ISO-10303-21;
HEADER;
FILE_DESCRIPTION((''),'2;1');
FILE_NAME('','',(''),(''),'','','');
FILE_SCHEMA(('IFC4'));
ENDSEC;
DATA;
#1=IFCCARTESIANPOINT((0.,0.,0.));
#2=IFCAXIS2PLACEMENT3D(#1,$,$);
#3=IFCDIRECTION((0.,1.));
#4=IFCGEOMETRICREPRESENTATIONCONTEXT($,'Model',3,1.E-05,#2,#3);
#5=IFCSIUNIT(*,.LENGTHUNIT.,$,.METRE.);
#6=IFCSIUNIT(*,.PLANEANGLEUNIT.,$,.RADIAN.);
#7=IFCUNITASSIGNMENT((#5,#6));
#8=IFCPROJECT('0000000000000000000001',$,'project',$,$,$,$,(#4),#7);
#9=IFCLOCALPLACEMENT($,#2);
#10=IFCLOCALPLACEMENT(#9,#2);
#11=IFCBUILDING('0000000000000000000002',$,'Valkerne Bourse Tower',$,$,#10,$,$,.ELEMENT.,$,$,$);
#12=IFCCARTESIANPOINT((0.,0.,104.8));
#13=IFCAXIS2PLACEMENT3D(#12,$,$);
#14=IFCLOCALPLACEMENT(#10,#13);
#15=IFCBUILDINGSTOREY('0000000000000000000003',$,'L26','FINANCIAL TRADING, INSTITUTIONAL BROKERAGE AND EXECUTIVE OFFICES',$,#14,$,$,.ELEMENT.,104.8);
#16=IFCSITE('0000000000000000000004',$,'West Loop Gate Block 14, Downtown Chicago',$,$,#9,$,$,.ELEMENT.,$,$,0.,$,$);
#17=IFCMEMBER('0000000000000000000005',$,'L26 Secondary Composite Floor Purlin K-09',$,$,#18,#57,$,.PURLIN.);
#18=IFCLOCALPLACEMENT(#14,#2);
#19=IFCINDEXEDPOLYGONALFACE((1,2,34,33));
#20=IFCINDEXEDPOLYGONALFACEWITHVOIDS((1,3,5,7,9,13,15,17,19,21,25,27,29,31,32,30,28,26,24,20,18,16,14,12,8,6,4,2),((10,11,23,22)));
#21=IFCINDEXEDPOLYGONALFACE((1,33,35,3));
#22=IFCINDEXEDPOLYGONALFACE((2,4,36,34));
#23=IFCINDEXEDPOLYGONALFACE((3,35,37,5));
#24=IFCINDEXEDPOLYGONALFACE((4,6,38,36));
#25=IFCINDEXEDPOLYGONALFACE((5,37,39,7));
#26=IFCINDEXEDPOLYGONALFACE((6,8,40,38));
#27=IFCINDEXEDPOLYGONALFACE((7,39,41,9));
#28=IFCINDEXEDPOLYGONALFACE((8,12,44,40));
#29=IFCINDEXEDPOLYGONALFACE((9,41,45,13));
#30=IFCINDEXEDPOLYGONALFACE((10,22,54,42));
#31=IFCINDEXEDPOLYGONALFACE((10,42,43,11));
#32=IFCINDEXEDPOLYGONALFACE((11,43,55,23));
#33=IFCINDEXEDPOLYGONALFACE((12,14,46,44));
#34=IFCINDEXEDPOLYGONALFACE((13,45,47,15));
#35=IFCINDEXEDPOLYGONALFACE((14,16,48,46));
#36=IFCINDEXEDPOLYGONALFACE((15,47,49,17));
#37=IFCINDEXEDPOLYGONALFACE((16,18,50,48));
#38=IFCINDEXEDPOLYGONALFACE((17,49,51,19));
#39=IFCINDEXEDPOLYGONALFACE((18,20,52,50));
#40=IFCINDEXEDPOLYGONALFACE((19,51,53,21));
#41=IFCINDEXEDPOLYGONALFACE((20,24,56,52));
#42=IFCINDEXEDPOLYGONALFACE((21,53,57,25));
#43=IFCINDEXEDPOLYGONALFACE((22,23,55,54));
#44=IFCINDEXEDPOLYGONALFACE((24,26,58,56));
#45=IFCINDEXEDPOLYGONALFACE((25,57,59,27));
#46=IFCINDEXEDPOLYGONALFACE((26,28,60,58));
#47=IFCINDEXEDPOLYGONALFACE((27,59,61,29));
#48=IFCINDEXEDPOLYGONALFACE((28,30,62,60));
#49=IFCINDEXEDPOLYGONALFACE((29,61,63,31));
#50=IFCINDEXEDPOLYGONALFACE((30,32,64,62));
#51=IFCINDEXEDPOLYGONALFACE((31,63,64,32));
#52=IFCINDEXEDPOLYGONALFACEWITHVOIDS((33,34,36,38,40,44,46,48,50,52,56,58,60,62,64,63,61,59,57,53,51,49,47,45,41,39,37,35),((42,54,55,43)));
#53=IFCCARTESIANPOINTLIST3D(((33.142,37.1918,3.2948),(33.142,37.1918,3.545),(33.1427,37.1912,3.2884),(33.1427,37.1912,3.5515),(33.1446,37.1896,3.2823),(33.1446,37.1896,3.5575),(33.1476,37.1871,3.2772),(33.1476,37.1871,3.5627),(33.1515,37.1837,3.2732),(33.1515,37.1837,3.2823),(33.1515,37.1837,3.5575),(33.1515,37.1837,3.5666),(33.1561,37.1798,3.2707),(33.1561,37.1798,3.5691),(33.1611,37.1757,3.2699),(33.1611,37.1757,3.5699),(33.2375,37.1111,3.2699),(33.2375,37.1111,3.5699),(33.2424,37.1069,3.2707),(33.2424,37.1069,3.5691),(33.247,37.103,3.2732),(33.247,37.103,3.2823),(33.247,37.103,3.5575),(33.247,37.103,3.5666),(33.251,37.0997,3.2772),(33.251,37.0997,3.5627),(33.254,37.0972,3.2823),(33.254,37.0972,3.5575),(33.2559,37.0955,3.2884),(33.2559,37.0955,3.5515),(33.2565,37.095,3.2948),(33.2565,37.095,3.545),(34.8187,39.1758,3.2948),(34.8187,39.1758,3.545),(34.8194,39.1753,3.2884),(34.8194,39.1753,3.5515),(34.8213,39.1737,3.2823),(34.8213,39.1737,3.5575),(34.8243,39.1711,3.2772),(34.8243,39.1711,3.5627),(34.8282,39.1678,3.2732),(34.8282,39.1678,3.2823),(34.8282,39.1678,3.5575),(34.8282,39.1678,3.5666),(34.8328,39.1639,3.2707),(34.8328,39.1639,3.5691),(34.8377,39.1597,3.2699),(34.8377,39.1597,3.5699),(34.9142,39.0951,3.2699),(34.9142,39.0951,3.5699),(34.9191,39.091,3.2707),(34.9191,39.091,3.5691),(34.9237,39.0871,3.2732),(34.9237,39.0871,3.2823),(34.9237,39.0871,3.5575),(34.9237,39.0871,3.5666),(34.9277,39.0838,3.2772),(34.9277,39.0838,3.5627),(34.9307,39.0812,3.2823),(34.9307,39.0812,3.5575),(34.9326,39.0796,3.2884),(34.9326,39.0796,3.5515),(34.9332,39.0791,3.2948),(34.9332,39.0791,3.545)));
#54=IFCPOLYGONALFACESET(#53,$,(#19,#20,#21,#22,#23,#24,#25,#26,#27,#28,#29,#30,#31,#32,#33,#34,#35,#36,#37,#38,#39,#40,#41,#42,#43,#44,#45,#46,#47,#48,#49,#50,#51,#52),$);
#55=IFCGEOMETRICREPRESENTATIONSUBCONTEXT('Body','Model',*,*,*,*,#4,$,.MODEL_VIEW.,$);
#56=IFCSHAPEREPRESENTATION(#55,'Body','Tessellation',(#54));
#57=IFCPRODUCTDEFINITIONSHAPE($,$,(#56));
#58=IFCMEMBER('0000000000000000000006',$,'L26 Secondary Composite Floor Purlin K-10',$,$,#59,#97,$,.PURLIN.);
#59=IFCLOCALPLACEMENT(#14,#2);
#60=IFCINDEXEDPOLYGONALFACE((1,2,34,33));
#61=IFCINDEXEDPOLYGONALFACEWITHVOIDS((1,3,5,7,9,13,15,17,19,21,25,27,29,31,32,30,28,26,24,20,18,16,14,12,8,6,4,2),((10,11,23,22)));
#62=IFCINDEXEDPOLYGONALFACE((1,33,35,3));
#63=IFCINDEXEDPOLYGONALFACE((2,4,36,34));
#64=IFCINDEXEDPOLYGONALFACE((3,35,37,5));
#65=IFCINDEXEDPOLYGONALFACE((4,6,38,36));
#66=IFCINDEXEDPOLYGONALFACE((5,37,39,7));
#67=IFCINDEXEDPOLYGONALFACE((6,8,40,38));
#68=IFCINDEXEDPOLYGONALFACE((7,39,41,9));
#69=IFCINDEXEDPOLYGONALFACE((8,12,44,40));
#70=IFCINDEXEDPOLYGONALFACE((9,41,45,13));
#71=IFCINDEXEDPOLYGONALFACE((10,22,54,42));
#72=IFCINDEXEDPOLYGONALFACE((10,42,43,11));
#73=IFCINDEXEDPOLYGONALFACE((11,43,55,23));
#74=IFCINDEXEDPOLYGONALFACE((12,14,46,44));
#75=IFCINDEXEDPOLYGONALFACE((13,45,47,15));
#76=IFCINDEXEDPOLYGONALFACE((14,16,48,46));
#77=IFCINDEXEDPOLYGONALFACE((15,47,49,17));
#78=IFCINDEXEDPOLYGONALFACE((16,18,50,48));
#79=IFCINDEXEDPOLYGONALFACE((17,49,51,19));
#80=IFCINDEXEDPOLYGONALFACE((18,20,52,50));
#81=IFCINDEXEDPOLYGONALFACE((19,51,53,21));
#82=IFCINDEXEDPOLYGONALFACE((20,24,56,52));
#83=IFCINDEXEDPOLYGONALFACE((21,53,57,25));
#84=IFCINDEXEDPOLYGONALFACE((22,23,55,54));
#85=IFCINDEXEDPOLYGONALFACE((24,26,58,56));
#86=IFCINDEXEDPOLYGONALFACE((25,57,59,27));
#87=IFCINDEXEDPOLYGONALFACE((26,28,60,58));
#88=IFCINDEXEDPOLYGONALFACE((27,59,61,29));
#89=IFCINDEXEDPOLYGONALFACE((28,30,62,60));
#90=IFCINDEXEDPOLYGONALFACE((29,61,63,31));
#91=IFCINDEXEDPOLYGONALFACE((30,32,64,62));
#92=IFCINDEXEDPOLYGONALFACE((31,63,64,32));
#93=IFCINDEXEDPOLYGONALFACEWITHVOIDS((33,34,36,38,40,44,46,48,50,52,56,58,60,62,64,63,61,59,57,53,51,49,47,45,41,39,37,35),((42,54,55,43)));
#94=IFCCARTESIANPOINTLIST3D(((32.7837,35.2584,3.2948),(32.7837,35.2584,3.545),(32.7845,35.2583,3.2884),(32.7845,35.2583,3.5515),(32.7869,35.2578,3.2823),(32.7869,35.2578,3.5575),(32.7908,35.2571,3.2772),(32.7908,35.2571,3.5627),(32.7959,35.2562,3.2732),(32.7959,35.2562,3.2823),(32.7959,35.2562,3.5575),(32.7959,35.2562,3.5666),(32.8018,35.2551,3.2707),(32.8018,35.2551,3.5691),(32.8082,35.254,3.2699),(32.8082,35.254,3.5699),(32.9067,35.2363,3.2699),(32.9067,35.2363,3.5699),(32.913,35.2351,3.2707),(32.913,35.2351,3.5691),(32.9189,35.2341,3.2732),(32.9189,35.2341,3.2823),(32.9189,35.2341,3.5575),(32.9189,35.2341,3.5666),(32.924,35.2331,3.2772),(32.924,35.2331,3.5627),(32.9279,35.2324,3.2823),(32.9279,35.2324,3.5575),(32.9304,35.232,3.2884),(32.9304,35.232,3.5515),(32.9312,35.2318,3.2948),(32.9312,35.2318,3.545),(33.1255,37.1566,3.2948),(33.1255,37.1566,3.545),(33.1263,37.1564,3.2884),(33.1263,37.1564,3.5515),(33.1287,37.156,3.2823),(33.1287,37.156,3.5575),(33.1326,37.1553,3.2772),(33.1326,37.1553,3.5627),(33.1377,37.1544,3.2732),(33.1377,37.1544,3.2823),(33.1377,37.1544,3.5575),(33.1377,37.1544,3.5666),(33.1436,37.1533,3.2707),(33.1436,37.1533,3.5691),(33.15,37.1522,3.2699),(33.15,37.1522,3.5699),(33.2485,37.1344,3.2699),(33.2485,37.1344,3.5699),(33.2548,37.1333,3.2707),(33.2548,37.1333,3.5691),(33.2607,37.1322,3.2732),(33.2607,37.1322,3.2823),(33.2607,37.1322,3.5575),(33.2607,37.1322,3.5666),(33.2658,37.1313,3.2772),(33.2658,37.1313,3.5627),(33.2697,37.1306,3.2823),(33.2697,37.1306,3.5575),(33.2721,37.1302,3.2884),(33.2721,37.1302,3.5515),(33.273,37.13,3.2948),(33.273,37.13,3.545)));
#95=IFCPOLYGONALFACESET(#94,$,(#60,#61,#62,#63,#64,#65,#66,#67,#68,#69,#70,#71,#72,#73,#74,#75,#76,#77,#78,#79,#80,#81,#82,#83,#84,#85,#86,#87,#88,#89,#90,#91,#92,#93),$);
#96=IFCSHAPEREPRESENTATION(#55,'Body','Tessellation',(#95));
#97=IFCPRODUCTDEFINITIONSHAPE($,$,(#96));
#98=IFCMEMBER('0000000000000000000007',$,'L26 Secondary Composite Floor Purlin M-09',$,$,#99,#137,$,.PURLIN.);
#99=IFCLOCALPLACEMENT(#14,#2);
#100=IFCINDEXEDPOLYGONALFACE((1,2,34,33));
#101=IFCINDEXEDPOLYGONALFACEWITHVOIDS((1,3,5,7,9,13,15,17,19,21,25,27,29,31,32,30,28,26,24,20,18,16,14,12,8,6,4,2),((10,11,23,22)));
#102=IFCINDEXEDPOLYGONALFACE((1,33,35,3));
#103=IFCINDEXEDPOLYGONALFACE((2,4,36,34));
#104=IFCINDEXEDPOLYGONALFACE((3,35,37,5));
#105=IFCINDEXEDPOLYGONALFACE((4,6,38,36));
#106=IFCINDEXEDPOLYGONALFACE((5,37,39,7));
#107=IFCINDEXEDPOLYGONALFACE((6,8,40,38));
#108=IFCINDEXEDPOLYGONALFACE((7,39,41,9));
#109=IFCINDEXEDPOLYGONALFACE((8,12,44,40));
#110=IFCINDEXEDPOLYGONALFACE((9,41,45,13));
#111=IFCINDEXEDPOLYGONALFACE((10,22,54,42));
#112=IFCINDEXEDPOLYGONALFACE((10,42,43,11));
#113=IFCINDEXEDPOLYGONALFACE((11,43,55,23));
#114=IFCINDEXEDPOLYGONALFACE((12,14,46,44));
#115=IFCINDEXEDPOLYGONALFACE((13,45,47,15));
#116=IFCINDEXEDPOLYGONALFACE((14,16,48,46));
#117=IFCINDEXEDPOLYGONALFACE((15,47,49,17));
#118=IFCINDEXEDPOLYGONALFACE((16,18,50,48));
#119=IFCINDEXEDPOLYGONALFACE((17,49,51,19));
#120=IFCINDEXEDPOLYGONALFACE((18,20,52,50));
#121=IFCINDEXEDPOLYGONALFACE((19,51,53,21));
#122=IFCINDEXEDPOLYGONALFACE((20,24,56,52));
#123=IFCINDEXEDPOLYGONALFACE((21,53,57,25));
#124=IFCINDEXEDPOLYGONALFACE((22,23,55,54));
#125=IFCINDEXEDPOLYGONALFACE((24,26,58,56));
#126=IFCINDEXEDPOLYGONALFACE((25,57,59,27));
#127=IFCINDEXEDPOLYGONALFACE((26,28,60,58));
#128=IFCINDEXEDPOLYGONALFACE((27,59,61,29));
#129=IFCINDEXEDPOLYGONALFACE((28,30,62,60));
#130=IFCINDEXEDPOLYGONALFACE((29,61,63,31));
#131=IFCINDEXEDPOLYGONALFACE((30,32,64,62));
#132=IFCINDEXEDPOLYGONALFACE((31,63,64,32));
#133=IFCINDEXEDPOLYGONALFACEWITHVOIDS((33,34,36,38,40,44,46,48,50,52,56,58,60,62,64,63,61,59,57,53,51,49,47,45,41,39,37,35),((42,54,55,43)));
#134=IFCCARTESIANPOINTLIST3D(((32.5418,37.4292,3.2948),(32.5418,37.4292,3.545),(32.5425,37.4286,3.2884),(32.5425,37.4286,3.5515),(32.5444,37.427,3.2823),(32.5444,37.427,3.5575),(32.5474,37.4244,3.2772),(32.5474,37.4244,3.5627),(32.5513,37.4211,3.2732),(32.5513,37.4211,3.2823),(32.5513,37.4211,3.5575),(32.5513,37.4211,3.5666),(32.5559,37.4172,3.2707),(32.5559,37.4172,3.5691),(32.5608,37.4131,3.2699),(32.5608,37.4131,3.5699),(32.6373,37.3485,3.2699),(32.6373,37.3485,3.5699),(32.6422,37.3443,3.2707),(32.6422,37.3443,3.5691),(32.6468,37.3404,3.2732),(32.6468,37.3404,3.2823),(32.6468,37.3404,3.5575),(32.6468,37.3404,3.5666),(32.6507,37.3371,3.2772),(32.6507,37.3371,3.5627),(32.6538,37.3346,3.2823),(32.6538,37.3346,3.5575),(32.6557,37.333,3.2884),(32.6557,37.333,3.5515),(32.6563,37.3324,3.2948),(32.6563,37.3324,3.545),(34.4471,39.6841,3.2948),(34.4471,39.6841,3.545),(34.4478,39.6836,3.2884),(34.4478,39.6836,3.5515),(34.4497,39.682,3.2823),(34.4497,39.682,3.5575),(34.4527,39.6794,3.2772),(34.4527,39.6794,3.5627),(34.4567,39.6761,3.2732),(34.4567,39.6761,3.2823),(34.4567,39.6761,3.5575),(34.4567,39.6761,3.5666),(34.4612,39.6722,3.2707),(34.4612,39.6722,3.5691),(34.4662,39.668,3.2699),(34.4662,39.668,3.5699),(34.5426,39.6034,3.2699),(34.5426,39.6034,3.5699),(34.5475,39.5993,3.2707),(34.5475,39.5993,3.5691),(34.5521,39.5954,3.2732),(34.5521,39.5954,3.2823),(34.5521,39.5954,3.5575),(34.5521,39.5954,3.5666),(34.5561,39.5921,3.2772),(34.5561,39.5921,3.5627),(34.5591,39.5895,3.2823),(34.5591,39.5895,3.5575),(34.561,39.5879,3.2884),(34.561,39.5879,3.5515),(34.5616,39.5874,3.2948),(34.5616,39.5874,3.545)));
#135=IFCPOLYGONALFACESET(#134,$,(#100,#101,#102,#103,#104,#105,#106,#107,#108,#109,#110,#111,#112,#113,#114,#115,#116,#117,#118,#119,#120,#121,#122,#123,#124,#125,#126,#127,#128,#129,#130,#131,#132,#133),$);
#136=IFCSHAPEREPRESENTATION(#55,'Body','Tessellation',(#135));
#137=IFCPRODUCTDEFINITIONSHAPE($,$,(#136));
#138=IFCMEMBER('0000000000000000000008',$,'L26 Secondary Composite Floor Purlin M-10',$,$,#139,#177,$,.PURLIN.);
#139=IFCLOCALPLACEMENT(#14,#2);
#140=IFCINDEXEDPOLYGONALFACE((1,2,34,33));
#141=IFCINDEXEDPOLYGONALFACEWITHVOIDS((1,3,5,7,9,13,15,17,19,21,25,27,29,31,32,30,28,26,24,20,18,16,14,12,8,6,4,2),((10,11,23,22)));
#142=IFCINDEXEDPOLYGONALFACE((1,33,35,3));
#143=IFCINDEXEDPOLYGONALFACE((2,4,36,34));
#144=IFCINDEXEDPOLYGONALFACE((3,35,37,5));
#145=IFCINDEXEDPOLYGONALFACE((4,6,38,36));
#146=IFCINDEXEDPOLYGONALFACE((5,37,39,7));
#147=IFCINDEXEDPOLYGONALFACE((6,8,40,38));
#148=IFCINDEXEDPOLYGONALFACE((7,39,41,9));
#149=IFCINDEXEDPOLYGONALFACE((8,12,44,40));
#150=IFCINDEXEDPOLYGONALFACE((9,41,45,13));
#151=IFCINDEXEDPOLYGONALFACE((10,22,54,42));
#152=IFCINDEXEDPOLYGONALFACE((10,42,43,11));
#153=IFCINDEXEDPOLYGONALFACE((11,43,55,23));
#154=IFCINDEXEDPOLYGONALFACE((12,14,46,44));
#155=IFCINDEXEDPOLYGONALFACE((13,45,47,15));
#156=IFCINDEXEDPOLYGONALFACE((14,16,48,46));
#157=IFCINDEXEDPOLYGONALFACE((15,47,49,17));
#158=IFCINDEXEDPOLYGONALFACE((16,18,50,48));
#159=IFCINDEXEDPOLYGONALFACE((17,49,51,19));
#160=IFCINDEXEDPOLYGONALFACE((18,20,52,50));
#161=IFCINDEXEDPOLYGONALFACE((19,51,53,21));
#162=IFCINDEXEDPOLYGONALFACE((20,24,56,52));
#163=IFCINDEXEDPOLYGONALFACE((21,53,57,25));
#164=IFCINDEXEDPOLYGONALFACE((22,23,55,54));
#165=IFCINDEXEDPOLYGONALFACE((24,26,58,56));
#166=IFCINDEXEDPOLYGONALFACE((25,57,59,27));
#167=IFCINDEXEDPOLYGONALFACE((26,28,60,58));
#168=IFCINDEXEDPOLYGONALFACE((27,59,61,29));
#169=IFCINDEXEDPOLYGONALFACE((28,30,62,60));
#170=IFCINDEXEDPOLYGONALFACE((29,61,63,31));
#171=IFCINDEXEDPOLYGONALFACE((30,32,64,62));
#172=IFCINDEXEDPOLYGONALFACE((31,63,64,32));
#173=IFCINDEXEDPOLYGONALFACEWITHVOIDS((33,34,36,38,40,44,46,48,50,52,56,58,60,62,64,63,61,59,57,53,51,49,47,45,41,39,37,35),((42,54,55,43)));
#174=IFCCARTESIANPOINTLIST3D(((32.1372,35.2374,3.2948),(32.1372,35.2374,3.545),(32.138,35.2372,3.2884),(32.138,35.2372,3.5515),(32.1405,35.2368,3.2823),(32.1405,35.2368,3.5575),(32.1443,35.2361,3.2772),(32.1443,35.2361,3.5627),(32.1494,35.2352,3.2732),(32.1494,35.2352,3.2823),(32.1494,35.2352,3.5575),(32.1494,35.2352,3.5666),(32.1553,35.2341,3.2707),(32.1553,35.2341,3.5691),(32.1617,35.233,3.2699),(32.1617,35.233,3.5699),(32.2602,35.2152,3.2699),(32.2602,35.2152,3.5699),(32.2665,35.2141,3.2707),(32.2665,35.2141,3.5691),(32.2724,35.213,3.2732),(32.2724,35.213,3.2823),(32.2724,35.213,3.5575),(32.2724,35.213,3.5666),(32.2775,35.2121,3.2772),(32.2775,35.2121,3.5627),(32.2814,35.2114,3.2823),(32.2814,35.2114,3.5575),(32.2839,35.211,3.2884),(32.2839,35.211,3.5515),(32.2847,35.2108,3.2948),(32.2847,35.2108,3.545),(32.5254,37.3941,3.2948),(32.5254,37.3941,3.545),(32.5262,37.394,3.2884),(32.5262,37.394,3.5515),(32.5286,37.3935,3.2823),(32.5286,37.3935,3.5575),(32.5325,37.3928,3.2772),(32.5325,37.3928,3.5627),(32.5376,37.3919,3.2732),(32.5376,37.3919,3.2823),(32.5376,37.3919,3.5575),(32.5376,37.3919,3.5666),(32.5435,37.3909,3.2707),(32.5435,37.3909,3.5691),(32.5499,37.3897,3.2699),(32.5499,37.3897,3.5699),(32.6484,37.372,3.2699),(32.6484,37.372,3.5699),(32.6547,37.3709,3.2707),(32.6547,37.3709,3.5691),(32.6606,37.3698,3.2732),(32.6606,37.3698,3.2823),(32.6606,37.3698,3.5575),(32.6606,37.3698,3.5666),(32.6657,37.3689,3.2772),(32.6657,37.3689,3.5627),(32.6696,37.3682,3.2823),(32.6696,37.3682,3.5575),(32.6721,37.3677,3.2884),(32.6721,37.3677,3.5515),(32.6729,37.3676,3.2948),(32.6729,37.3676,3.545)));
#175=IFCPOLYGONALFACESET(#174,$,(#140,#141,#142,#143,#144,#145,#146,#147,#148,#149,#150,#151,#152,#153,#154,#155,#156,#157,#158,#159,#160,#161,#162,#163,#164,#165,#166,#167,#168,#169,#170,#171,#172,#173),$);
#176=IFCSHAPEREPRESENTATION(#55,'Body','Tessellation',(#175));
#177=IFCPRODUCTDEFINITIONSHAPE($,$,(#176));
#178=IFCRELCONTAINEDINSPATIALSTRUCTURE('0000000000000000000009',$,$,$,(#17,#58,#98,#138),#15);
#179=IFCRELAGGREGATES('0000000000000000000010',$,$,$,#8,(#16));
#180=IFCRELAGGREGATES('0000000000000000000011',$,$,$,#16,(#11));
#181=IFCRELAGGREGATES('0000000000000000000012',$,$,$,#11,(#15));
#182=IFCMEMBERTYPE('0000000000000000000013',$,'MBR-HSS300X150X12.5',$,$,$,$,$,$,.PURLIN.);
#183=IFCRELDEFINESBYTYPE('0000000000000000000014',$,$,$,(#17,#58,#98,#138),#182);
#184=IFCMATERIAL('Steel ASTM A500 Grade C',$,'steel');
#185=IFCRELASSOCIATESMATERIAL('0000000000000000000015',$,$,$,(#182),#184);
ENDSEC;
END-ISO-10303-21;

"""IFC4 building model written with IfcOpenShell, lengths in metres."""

from ifc_helpers import new_model, si_unit, direction, frame, origin, origin_2d, place, context, subcontext, project, spatial, hollow_rectangle, extrude, material, material_profile, profile_set, type_object, element, save


model = new_model("IFC4")

# Units and contexts
model_context = context("Model", 3, precision=1e-05, world=origin(), true_north=direction((0.0, 1.0)))
body_context = subcontext(model_context, "Body", "Model", "MODEL_VIEW")
ifc_project = project(units=[si_unit("LENGTHUNIT", "METRE"), si_unit("PLANEANGLEUNIT", "RADIAN")], contexts=[model_context])

# Site, building, storey
site_placement = place(None, origin())
site = spatial("IfcSite", under=ifc_project, at=site_placement, Name="West Loop Gate Block 14, Downtown Chicago", CompositionType="ELEMENT", RefElevation=0.0)
building_placement = place(site_placement, origin())
building = spatial("IfcBuilding", under=site, at=building_placement, Name="Valkerne Bourse Tower", CompositionType="ELEMENT")
storey_placement = place(building_placement, frame((0.0, 0.0, 104.8)))
storey = spatial("IfcBuildingStorey", under=building, at=storey_placement, Name="L26", Description="FINANCIAL TRADING, INSTITUTIONAL BROKERAGE AND EXECUTIVE OFFICES", CompositionType="ELEMENT", Elevation=104.8)

# Members
ifc_material_1 = material(Name="Steel ASTM A500 Grade C", Category="steel")
ifc_material_profile_1 = material_profile(ifc_material_1, hollow_rectangle(XDim=0.1499, YDim=0.3, WallThickness=0.0125, OuterFilletRadius=0.0249, at=origin_2d()), Name="HSS300X150X12.5")
ifc_profile_set_1 = profile_set([ifc_material_profile_1], Name="Steel ASTM A500 Grade C")
member_type_1 = type_object("IfcMemberType", Name="MBR-HSS300X150X12.5", PredefinedType="PURLIN", material=ifc_profile_set_1)
member_1_placement = place(storey_placement, frame((34.876, 39.1274, 3.4199), z_axis=(-0.645466, -0.763789, 0.0), x_axis=(0.763789, -0.645466, 0.0)))
element("IfcMember", 1, at=member_1_placement, inside=storey, type_object=member_type_1, Name="L26 Secondary Composite Floor Purlin K-09", PredefinedType="PURLIN", context=body_context, shape_type="SweptSolid", body=[
    extrude(hollow_rectangle(XDim=0.1499, YDim=0.3, WallThickness=0.0125, OuterFilletRadius=0.0249, at=origin_2d()), origin(), (0.0, 0.0, 1.0), 2.5977),
])
member_2_placement = place(storey_placement, frame((33.1992, 37.1433, 3.4199), z_axis=(-0.177214, -0.984172, 0.0), x_axis=(0.984172, -0.177214, 0.0)))
element("IfcMember", 2, at=member_2_placement, inside=storey, type_object=member_type_1, Name="L26 Secondary Composite Floor Purlin K-10", PredefinedType="PURLIN", context=body_context, shape_type="SweptSolid", body=[
    extrude(hollow_rectangle(XDim=0.1499, YDim=0.3, WallThickness=0.0125, OuterFilletRadius=0.0249, at=origin_2d()), origin(), (0.0, 0.0, 1.0), 1.9287),
])
member_3_placement = place(storey_placement, frame((34.5044, 39.6357, 3.4199), z_axis=(-0.645408, -0.763838, 0.0), x_axis=(0.763838, -0.645408, 0.0)))
element("IfcMember", 3, at=member_3_placement, inside=storey, type_object=member_type_1, Name="L26 Secondary Composite Floor Purlin M-09", PredefinedType="PURLIN", context=body_context, shape_type="SweptSolid", body=[
    extrude(hollow_rectangle(XDim=0.1499, YDim=0.3, WallThickness=0.0125, OuterFilletRadius=0.0249, at=origin_2d()), origin(), (0.0, 0.0, 1.0), 2.9521),
])
member_4_placement = place(storey_placement, frame((32.5991, 37.3809, 3.4199), z_axis=(-0.17714, -0.984186, 0.0), x_axis=(0.984186, -0.17714, 0.0)))
element("IfcMember", 4, at=member_4_placement, inside=storey, type_object=member_type_1, Name="L26 Secondary Composite Floor Purlin M-10", PredefinedType="PURLIN", context=body_context, shape_type="SweptSolid", body=[
    extrude(hollow_rectangle(XDim=0.1499, YDim=0.3, WallThickness=0.0125, OuterFilletRadius=0.0249, at=origin_2d()), origin(), (0.0, 0.0, 1.0), 2.1914),
])

save(model, "model.ifc")
